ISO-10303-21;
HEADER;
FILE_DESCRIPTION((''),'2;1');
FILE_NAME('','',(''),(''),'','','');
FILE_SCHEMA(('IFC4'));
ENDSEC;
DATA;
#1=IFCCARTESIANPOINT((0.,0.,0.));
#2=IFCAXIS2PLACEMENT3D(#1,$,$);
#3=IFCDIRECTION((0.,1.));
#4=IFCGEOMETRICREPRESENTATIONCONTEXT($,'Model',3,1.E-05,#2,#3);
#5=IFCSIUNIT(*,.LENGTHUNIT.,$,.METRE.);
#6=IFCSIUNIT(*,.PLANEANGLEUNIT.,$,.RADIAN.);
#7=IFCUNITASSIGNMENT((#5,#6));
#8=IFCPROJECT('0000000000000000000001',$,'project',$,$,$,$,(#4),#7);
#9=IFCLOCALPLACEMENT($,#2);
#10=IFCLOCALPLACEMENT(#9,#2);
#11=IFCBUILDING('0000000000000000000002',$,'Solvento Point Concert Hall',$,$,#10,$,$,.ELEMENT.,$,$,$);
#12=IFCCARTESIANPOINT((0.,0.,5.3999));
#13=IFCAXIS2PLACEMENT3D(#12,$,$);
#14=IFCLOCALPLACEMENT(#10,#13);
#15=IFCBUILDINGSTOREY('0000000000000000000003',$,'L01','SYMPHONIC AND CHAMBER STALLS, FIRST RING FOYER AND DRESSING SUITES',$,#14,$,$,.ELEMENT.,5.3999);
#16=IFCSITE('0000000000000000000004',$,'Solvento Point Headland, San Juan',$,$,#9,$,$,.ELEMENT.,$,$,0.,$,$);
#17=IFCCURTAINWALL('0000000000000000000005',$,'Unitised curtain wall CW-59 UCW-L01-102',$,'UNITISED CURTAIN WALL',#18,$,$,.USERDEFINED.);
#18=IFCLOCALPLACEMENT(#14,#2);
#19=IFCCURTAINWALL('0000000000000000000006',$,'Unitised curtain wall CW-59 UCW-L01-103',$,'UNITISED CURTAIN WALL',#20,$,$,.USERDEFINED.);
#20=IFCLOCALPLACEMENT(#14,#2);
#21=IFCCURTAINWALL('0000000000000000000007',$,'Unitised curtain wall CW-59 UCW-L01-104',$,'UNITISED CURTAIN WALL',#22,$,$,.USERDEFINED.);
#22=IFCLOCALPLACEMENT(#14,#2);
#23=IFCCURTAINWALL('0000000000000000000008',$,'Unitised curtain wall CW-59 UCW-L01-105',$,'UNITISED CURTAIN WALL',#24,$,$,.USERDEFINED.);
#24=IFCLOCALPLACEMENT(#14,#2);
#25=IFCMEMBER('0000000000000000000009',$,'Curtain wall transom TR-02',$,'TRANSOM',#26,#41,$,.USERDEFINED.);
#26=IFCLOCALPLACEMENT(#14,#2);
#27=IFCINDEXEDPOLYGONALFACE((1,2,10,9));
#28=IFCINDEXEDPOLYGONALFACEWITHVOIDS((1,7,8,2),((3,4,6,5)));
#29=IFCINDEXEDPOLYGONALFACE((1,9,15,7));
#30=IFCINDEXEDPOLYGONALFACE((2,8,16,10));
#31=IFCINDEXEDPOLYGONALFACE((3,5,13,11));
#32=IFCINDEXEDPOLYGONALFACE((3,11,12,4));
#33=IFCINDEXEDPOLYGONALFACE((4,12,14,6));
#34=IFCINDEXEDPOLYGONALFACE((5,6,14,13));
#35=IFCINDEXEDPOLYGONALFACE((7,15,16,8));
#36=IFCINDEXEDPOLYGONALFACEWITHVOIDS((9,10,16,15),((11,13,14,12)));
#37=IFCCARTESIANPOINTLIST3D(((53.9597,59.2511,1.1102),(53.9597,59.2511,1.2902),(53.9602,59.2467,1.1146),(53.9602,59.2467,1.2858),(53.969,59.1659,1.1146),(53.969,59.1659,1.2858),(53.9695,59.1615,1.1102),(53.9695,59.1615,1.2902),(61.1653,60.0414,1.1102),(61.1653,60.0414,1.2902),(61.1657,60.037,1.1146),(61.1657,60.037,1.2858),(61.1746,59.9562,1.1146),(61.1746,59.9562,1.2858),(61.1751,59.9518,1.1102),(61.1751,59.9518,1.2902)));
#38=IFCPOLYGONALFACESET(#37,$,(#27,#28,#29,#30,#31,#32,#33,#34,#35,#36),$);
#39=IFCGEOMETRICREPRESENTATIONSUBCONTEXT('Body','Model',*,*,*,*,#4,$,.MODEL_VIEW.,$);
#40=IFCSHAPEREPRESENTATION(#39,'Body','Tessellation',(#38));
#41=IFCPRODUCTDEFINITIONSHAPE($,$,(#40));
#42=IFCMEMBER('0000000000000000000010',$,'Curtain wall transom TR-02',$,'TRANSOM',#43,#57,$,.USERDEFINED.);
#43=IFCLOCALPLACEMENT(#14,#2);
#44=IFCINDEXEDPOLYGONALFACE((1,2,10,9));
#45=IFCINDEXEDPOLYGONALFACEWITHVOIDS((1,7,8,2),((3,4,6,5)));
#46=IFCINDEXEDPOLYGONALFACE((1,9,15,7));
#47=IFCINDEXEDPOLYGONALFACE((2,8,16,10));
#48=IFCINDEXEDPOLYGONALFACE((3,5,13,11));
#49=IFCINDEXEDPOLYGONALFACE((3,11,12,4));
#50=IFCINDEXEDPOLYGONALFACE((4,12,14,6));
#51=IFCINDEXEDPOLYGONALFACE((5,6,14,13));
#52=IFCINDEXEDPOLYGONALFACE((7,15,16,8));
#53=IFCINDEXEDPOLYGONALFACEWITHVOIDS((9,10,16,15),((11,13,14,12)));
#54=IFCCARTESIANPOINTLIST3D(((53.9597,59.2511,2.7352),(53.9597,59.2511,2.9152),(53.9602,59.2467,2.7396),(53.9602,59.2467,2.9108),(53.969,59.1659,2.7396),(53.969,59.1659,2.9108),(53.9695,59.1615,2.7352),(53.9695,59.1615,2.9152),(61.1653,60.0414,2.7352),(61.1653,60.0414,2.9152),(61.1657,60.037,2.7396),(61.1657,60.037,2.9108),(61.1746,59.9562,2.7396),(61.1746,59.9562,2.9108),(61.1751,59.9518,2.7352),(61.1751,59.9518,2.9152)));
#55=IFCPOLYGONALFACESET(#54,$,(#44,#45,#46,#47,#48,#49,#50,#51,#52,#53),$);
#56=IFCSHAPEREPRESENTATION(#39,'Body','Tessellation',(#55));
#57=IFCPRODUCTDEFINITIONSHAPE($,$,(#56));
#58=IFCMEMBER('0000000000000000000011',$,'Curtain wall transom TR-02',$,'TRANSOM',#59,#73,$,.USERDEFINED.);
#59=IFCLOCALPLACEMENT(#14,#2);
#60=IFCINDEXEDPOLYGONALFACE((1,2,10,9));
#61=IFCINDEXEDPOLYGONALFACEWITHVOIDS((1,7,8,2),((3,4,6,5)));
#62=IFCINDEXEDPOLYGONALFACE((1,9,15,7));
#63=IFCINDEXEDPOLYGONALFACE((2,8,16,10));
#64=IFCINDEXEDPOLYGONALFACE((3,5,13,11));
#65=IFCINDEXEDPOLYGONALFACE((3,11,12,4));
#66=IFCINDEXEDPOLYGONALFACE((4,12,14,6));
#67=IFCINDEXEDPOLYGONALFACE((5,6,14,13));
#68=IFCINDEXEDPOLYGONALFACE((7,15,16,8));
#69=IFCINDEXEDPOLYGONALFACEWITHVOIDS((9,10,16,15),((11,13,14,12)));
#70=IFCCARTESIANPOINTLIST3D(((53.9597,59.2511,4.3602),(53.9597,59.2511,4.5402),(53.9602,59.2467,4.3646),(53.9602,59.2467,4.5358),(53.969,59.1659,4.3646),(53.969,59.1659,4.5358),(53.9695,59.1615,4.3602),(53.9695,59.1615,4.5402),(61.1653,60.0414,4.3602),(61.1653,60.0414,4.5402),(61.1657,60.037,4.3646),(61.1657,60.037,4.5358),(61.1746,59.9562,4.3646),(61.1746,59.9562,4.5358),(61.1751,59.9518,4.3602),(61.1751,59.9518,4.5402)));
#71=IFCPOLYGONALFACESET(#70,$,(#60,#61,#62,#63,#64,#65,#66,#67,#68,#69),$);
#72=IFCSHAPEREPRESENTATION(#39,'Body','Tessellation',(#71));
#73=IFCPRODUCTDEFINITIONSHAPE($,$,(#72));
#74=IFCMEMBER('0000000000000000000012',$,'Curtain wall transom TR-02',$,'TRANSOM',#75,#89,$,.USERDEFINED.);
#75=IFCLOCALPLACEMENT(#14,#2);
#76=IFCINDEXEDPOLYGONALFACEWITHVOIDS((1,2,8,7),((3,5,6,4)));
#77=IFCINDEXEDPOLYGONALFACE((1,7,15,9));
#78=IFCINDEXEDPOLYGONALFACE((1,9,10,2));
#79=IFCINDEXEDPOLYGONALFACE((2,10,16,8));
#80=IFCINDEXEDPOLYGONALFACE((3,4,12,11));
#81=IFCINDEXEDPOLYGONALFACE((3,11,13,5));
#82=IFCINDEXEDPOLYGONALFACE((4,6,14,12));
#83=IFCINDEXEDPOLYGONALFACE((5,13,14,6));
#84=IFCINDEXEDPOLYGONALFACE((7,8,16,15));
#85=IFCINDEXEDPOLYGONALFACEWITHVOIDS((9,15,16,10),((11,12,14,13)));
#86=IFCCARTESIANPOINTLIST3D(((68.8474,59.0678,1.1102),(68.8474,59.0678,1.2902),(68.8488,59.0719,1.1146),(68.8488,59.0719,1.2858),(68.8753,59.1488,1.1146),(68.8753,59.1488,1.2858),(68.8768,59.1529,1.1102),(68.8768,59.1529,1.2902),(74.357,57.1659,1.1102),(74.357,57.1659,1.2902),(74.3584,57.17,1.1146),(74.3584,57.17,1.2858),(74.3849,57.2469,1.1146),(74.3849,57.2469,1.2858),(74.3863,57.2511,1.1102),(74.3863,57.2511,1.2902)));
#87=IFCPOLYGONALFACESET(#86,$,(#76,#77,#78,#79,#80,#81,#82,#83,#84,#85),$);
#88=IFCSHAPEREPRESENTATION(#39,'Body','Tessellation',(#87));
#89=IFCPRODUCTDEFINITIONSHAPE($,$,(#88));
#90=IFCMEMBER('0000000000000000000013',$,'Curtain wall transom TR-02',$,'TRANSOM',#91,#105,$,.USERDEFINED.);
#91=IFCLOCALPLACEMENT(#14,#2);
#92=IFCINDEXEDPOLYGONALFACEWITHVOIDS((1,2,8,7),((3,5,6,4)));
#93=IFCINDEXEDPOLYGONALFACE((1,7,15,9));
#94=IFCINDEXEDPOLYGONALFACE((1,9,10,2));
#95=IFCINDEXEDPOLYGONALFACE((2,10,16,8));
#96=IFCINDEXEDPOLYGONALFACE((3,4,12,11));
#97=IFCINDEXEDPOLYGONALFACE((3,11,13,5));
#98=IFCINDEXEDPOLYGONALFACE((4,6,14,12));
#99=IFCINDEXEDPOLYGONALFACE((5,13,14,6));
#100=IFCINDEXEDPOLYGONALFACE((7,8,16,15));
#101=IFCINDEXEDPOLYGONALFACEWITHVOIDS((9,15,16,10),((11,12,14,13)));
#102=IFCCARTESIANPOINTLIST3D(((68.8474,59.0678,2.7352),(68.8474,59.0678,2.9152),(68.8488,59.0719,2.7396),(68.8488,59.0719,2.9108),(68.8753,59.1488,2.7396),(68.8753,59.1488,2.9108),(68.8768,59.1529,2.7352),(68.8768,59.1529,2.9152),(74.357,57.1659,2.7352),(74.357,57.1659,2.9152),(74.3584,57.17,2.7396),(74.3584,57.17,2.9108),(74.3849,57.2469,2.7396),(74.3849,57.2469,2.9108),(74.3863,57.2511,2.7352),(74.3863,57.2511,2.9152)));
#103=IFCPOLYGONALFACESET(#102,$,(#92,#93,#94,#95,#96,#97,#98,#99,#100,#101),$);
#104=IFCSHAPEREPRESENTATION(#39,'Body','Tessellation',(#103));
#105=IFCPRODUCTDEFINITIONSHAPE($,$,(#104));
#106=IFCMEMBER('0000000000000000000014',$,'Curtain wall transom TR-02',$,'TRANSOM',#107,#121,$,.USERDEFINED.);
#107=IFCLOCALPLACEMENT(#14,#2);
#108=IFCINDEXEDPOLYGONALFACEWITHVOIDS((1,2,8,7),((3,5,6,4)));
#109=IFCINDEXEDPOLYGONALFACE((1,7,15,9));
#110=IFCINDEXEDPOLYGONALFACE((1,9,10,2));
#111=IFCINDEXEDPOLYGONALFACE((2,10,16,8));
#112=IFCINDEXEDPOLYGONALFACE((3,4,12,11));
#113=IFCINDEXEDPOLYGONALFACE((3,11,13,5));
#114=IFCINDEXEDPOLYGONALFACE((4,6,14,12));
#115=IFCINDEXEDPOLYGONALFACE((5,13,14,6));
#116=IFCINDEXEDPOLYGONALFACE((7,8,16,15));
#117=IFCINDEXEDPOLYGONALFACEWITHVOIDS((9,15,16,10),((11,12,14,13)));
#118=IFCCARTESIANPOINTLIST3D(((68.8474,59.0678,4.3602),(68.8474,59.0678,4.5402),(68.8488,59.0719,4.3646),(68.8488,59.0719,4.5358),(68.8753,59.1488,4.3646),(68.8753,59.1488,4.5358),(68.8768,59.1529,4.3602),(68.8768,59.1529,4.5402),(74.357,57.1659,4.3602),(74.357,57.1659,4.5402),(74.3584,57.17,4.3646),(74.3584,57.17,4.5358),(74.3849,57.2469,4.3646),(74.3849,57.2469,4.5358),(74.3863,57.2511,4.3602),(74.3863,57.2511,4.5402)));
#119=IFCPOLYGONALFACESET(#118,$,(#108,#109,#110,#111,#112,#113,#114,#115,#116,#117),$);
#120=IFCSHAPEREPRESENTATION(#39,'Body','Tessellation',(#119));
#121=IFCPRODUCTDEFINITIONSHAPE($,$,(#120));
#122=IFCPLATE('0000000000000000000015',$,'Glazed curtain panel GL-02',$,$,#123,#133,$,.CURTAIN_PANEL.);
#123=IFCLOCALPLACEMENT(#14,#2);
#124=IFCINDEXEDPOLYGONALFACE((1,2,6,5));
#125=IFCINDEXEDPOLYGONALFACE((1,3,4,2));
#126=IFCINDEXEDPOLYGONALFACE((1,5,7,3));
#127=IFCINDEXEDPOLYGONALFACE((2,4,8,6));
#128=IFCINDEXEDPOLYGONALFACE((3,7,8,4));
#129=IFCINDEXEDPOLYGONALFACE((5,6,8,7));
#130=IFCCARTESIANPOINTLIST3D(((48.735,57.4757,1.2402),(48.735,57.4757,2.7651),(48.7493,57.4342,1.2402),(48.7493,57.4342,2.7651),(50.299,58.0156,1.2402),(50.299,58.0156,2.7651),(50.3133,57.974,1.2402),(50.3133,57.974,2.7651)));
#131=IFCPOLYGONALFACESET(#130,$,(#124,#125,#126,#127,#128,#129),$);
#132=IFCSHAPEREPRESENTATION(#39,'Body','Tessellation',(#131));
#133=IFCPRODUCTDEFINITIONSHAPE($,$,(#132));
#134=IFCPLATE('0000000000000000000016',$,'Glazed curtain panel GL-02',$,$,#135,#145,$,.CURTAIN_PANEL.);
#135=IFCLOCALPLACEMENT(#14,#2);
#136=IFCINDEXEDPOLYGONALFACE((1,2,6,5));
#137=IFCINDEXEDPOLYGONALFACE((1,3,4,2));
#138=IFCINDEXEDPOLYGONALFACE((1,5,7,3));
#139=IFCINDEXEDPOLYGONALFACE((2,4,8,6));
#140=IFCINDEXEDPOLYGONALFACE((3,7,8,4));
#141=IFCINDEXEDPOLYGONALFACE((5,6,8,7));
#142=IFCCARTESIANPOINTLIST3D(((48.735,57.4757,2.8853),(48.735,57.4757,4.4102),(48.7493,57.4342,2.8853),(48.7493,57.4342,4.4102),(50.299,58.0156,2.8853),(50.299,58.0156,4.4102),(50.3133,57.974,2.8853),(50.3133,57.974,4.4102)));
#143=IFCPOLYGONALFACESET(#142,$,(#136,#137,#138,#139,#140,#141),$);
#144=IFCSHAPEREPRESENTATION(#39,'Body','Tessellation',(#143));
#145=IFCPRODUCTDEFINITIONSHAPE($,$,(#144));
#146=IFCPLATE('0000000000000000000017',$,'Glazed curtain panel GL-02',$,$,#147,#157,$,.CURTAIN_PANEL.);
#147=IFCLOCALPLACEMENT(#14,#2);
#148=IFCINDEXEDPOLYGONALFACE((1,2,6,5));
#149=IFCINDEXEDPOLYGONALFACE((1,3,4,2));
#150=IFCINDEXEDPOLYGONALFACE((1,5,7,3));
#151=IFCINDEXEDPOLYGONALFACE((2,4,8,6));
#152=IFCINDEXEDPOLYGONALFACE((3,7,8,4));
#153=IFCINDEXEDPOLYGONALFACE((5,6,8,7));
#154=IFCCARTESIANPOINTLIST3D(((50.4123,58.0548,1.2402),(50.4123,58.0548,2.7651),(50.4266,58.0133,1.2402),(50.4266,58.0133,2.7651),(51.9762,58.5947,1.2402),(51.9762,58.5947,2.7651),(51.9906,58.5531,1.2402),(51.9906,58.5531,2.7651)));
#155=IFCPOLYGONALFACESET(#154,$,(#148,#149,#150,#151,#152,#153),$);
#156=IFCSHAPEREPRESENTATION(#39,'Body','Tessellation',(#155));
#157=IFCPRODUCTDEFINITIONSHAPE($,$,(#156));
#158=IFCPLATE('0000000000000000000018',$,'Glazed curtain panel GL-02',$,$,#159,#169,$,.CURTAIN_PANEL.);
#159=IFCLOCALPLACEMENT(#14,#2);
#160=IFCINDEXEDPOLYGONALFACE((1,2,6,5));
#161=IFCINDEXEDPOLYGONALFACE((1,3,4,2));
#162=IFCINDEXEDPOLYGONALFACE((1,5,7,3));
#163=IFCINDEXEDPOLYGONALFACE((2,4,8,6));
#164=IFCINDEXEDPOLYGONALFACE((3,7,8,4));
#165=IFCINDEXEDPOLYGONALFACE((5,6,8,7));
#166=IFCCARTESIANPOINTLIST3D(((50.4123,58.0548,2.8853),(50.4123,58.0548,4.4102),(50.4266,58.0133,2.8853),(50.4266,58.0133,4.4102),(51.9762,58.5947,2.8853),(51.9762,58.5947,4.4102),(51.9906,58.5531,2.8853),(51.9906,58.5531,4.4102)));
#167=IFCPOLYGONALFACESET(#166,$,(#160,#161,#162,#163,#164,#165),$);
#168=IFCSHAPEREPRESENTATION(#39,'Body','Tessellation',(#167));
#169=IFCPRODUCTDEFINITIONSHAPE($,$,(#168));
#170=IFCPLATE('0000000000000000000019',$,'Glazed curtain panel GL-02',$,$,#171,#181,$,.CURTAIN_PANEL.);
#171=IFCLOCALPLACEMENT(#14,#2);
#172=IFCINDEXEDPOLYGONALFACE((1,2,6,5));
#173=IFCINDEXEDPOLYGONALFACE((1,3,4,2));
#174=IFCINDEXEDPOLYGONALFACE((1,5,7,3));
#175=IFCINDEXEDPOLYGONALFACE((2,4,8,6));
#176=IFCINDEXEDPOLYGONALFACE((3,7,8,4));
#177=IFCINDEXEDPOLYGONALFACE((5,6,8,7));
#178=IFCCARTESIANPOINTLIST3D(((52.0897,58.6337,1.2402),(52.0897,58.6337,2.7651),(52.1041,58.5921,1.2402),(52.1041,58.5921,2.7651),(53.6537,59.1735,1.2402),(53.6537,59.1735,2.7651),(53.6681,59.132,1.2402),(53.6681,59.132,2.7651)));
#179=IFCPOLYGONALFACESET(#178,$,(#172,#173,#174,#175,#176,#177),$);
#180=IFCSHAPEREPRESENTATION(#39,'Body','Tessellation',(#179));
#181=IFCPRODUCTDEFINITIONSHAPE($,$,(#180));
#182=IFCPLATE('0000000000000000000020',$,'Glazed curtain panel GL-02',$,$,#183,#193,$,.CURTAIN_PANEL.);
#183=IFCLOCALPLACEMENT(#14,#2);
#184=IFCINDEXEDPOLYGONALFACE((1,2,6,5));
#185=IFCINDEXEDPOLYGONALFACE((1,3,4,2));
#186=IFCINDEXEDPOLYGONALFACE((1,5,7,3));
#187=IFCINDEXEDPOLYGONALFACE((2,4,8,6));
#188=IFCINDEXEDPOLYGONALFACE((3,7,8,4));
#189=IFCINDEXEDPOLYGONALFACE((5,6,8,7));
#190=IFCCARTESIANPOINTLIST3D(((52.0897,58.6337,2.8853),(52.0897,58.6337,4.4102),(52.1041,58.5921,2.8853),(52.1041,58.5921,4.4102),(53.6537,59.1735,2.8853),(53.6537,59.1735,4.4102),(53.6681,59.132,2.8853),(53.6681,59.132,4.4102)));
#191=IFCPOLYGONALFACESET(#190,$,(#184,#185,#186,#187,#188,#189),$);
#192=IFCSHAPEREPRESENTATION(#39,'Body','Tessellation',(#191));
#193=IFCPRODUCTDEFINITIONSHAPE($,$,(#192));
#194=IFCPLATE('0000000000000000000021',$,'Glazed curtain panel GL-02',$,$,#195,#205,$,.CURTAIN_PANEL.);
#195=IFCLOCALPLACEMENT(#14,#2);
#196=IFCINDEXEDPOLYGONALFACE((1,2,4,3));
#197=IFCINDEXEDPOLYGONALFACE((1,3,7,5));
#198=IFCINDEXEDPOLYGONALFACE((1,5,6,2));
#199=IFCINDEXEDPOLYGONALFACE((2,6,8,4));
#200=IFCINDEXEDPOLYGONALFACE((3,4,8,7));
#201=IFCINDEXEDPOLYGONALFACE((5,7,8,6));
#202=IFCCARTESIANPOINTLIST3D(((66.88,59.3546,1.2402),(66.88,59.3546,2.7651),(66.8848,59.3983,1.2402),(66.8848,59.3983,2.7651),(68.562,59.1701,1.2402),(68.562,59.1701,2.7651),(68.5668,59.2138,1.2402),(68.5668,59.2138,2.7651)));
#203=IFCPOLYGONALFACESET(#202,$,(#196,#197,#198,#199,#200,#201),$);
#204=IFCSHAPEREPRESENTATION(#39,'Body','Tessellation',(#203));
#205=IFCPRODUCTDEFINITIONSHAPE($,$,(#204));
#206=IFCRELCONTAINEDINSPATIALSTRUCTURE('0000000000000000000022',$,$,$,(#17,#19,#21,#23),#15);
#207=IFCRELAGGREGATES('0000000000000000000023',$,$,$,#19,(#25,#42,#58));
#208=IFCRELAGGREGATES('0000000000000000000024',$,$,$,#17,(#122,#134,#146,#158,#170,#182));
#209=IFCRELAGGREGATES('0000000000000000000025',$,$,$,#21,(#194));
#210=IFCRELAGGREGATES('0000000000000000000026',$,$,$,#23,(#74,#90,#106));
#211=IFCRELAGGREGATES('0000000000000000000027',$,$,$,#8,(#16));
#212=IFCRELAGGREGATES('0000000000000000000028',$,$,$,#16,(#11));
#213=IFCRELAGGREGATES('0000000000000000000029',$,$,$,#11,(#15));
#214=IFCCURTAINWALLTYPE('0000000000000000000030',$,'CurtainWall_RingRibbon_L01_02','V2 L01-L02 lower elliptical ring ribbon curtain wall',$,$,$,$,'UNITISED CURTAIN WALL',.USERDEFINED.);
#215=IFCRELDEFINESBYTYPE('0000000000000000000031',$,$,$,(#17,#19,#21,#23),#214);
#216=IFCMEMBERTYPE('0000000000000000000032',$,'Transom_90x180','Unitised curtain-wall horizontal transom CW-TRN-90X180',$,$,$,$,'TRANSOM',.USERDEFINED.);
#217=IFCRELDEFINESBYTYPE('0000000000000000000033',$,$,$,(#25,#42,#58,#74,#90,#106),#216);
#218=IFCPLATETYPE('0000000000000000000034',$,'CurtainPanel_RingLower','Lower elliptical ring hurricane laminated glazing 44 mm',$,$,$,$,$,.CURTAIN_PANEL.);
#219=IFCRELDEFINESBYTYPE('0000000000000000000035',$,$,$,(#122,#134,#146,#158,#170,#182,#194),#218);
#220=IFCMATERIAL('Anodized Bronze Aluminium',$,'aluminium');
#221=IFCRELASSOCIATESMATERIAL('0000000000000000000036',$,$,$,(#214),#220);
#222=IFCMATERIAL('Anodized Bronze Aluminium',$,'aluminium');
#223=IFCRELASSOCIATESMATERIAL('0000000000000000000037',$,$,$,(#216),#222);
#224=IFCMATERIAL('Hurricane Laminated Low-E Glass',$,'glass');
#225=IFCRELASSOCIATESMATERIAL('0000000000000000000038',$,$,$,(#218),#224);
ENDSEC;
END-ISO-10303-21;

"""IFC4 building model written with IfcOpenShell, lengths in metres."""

from ifc_helpers import new_model, si_unit, direction, frame, origin, origin_2d, place, context, subcontext, project, spatial, rectangle, hollow_rectangle, extrude, material, material_profile, profile_set, type_object, element, aggregate, save


model = new_model("IFC4")

# Units and contexts
model_context = context("Model", 3, precision=1e-05, world=origin(), true_north=direction((0.0, 1.0)))
body_context = subcontext(model_context, "Body", "Model", "MODEL_VIEW")
ifc_project = project(units=[si_unit("LENGTHUNIT", "METRE"), si_unit("PLANEANGLEUNIT", "RADIAN")], contexts=[model_context])

# Site, building, storey
site_placement = place(None, origin())
site = spatial("IfcSite", under=ifc_project, at=site_placement, Name="Solvento Point Headland, San Juan", CompositionType="ELEMENT", RefElevation=0.0)
building_placement = place(site_placement, origin())
building = spatial("IfcBuilding", under=site, at=building_placement, Name="Solvento Point Concert Hall", CompositionType="ELEMENT")
storey_placement = place(building_placement, frame((0.0, 0.0, 5.3999)))
storey = spatial("IfcBuildingStorey", under=building, at=storey_placement, Name="L01", Description="SYMPHONIC AND CHAMBER STALLS, FIRST RING FOYER AND DRESSING SUITES", CompositionType="ELEMENT", Elevation=5.3999)

# Curtain wall
ifc_material_1 = material(Name="Anodized Bronze Aluminium", Category="aluminium")
curtain_wall_type = type_object("IfcCurtainWallType", Name="CurtainWall_RingRibbon_L01_02", Description="V2 L01-L02 lower elliptical ring ribbon curtain wall", ElementType="UNITISED CURTAIN WALL", PredefinedType="USERDEFINED", material=ifc_material_1)
curtain_wall_1_placement = place(storey_placement, origin())
curtain_wall_1 = element("IfcCurtainWall", 1, at=curtain_wall_1_placement, inside=storey, type_object=curtain_wall_type, Name="Unitised curtain wall CW-59 UCW-L01-102", ObjectType="UNITISED CURTAIN WALL", PredefinedType="USERDEFINED")

# Curtain walls
curtain_wall_2_placement = place(storey_placement, origin())
curtain_wall_2 = element("IfcCurtainWall", 2, at=curtain_wall_2_placement, inside=storey, type_object=curtain_wall_type, Name="Unitised curtain wall CW-59 UCW-L01-103", ObjectType="UNITISED CURTAIN WALL", PredefinedType="USERDEFINED")
curtain_wall_3_placement = place(storey_placement, origin())
curtain_wall_3 = element("IfcCurtainWall", 3, at=curtain_wall_3_placement, inside=storey, type_object=curtain_wall_type, Name="Unitised curtain wall CW-59 UCW-L01-104", ObjectType="UNITISED CURTAIN WALL", PredefinedType="USERDEFINED")

# Curtain wall
curtain_wall_4_placement = place(storey_placement, origin())
curtain_wall_4 = element("IfcCurtainWall", 4, at=curtain_wall_4_placement, inside=storey, type_object=curtain_wall_type, Name="Unitised curtain wall CW-59 UCW-L01-105", ObjectType="UNITISED CURTAIN WALL", PredefinedType="USERDEFINED")

# Members
ifc_material_2 = material(Name="Anodized Bronze Aluminium", Category="aluminium")
ifc_material_profile_1 = material_profile(ifc_material_2, hollow_rectangle(XDim=0.0901, YDim=0.1799, WallThickness=0.0044, at=origin_2d()), Name="CW-TRN-90X180")
ifc_profile_set_1 = profile_set([ifc_material_profile_1], Name="Anodized Bronze Aluminium")
member_type_1 = type_object("IfcMemberType", Name="Transom_90x180", Description="Unitised curtain-wall horizontal transom CW-TRN-90X180", ElementType="TRANSOM", PredefinedType="USERDEFINED", material=ifc_profile_set_1)
member_1_placement = place(storey_placement, frame((53.9646, 59.2063, 1.2002), z_axis=(0.994039, 0.109023, 0.0), x_axis=(-0.109023, 0.994039, 0.0)))
member_1 = element("IfcMember", 5, at=member_1_placement, type_object=member_type_1, Name="Curtain wall transom TR-02", ObjectType="TRANSOM", PredefinedType="USERDEFINED", context=body_context, shape_type="SweptSolid", body=[
    extrude(hollow_rectangle(XDim=0.0901, YDim=0.1799, WallThickness=0.0044, at=origin_2d()), origin(), (0.0, 0.0, 1.0), 7.2488),
])
member_2_placement = place(storey_placement, frame((53.9646, 59.2063, 2.8252), z_axis=(0.994039, 0.109023, 0.0), x_axis=(-0.109023, 0.994039, 0.0)))
member_2 = element("IfcMember", 6, at=member_2_placement, type_object=member_type_1, Name="Curtain wall transom TR-02", ObjectType="TRANSOM", PredefinedType="USERDEFINED", context=body_context, shape_type="SweptSolid", body=[
    extrude(hollow_rectangle(XDim=0.0901, YDim=0.1799, WallThickness=0.0044, at=origin_2d()), origin(), (0.0, 0.0, 1.0), 7.2488),
])
member_3_placement = place(storey_placement, frame((53.9646, 59.2063, 4.4502), z_axis=(0.994039, 0.109023, 0.0), x_axis=(-0.109023, 0.994039, 0.0)))
member_3 = element("IfcMember", 7, at=member_3_placement, type_object=member_type_1, Name="Curtain wall transom TR-02", ObjectType="TRANSOM", PredefinedType="USERDEFINED", context=body_context, shape_type="SweptSolid", body=[
    extrude(hollow_rectangle(XDim=0.0901, YDim=0.1799, WallThickness=0.0044, at=origin_2d()), origin(), (0.0, 0.0, 1.0), 7.2488),
])
aggregate(curtain_wall_2, [member_1, member_2, member_3])
member_4_placement = place(storey_placement, frame((68.8621, 59.1104, 1.2002), z_axis=(0.945266, -0.3263, 0.0), x_axis=(0.3263, 0.945266, 0.0)))
member_4 = element("IfcMember", 8, at=member_4_placement, type_object=member_type_1, Name="Curtain wall transom TR-02", ObjectType="TRANSOM", PredefinedType="USERDEFINED", context=body_context, shape_type="SweptSolid", body=[
    extrude(hollow_rectangle(XDim=0.0901, YDim=0.1799, WallThickness=0.0044, at=origin_2d()), origin(), (0.0, 0.0, 1.0), 5.8286),
])
member_5_placement = place(storey_placement, frame((68.8621, 59.1104, 2.8252), z_axis=(0.945266, -0.3263, 0.0), x_axis=(0.3263, 0.945266, 0.0)))
member_5 = element("IfcMember", 9, at=member_5_placement, type_object=member_type_1, Name="Curtain wall transom TR-02", ObjectType="TRANSOM", PredefinedType="USERDEFINED", context=body_context, shape_type="SweptSolid", body=[
    extrude(hollow_rectangle(XDim=0.0901, YDim=0.1799, WallThickness=0.0044, at=origin_2d()), origin(), (0.0, 0.0, 1.0), 5.8286),
])
member_6_placement = place(storey_placement, frame((68.8621, 59.1104, 4.4502), z_axis=(0.945266, -0.3263, 0.0), x_axis=(0.3263, 0.945266, 0.0)))
member_6 = element("IfcMember", 10, at=member_6_placement, type_object=member_type_1, Name="Curtain wall transom TR-02", ObjectType="TRANSOM", PredefinedType="USERDEFINED", context=body_context, shape_type="SweptSolid", body=[
    extrude(hollow_rectangle(XDim=0.0901, YDim=0.1799, WallThickness=0.0044, at=origin_2d()), origin(), (0.0, 0.0, 1.0), 5.8286),
])

# Plates
ifc_material_3 = material(Name="Hurricane Laminated Low-E Glass", Category="glass")
plate_type = type_object("IfcPlateType", Name="CurtainPanel_RingLower", Description="Lower elliptical ring hurricane laminated glazing 44 mm", PredefinedType="CURTAIN_PANEL", material=ifc_material_3)
plate_1_placement = place(storey_placement, frame((49.5242, 57.7249, 1.2402), z_axis=(0.0, 0.0, 1.0), x_axis=(0.945271, 0.326286, 0.0)))
plate_1 = element("IfcPlate", 11, at=plate_1_placement, type_object=plate_type, Name="Glazed curtain panel GL-02", PredefinedType="CURTAIN_PANEL", context=body_context, shape_type="SweptSolid", body=[
    extrude(rectangle(XDim=1.6545, YDim=0.0439, at=origin_2d()), origin(), (0.0, 0.0, 1.0), 1.5249),
])
plate_2_placement = place(storey_placement, frame((49.5242, 57.7249, 2.8853), z_axis=(0.0, 0.0, 1.0), x_axis=(0.945271, 0.326286, 0.0)))
plate_2 = element("IfcPlate", 12, at=plate_2_placement, type_object=plate_type, Name="Glazed curtain panel GL-02", PredefinedType="CURTAIN_PANEL", context=body_context, shape_type="SweptSolid", body=[
    extrude(rectangle(XDim=1.6545, YDim=0.0439, at=origin_2d()), origin(), (0.0, 0.0, 1.0), 1.5249),
])
plate_3_placement = place(storey_placement, frame((51.2014, 58.304, 1.2402), z_axis=(0.0, 0.0, 1.0), x_axis=(0.945271, 0.326286, 0.0)))
plate_3 = element("IfcPlate", 13, at=plate_3_placement, type_object=plate_type, Name="Glazed curtain panel GL-02", PredefinedType="CURTAIN_PANEL", context=body_context, shape_type="SweptSolid", body=[
    extrude(rectangle(XDim=1.6545, YDim=0.0439, at=origin_2d()), origin(), (0.0, 0.0, 1.0), 1.5249),
])
plate_4_placement = place(storey_placement, frame((51.2014, 58.304, 2.8853), z_axis=(0.0, 0.0, 1.0), x_axis=(0.945271, 0.326286, 0.0)))
plate_4 = element("IfcPlate", 14, at=plate_4_placement, type_object=plate_type, Name="Glazed curtain panel GL-02", PredefinedType="CURTAIN_PANEL", context=body_context, shape_type="SweptSolid", body=[
    extrude(rectangle(XDim=1.6545, YDim=0.0439, at=origin_2d()), origin(), (0.0, 0.0, 1.0), 1.5249),
])
plate_5_placement = place(storey_placement, frame((52.8789, 58.8828, 1.2402), z_axis=(0.0, 0.0, 1.0), x_axis=(0.945271, 0.326286, 0.0)))
plate_5 = element("IfcPlate", 15, at=plate_5_placement, type_object=plate_type, Name="Glazed curtain panel GL-02", PredefinedType="CURTAIN_PANEL", context=body_context, shape_type="SweptSolid", body=[
    extrude(rectangle(XDim=1.6545, YDim=0.0439, at=origin_2d()), origin(), (0.0, 0.0, 1.0), 1.5249),
])
plate_6_placement = place(storey_placement, frame((52.8789, 58.8828, 2.8853), z_axis=(0.0, 0.0, 1.0), x_axis=(0.945271, 0.326286, 0.0)))
plate_6 = element("IfcPlate", 16, at=plate_6_placement, type_object=plate_type, Name="Glazed curtain panel GL-02", PredefinedType="CURTAIN_PANEL", context=body_context, shape_type="SweptSolid", body=[
    extrude(rectangle(XDim=1.6545, YDim=0.0439, at=origin_2d()), origin(), (0.0, 0.0, 1.0), 1.5249),
])
aggregate(curtain_wall_1, [plate_1, plate_2, plate_3, plate_4, plate_5, plate_6])
plate_7_placement = place(storey_placement, frame((67.7234, 59.2842, 1.2402), z_axis=(0.0, 0.0, 1.0), x_axis=(0.994035, -0.109058, 0.0)))
plate_7 = element("IfcPlate", 17, at=plate_7_placement, type_object=plate_type, Name="Glazed curtain panel GL-02", PredefinedType="CURTAIN_PANEL", context=body_context, shape_type="SweptSolid", body=[
    extrude(rectangle(XDim=1.6921, YDim=0.0439, at=origin_2d()), origin(), (0.0, 0.0, 1.0), 1.5249),
])
aggregate(curtain_wall_3, [plate_7])
aggregate(curtain_wall_4, [member_4, member_5, member_6])

save(model, "model.ifc")
